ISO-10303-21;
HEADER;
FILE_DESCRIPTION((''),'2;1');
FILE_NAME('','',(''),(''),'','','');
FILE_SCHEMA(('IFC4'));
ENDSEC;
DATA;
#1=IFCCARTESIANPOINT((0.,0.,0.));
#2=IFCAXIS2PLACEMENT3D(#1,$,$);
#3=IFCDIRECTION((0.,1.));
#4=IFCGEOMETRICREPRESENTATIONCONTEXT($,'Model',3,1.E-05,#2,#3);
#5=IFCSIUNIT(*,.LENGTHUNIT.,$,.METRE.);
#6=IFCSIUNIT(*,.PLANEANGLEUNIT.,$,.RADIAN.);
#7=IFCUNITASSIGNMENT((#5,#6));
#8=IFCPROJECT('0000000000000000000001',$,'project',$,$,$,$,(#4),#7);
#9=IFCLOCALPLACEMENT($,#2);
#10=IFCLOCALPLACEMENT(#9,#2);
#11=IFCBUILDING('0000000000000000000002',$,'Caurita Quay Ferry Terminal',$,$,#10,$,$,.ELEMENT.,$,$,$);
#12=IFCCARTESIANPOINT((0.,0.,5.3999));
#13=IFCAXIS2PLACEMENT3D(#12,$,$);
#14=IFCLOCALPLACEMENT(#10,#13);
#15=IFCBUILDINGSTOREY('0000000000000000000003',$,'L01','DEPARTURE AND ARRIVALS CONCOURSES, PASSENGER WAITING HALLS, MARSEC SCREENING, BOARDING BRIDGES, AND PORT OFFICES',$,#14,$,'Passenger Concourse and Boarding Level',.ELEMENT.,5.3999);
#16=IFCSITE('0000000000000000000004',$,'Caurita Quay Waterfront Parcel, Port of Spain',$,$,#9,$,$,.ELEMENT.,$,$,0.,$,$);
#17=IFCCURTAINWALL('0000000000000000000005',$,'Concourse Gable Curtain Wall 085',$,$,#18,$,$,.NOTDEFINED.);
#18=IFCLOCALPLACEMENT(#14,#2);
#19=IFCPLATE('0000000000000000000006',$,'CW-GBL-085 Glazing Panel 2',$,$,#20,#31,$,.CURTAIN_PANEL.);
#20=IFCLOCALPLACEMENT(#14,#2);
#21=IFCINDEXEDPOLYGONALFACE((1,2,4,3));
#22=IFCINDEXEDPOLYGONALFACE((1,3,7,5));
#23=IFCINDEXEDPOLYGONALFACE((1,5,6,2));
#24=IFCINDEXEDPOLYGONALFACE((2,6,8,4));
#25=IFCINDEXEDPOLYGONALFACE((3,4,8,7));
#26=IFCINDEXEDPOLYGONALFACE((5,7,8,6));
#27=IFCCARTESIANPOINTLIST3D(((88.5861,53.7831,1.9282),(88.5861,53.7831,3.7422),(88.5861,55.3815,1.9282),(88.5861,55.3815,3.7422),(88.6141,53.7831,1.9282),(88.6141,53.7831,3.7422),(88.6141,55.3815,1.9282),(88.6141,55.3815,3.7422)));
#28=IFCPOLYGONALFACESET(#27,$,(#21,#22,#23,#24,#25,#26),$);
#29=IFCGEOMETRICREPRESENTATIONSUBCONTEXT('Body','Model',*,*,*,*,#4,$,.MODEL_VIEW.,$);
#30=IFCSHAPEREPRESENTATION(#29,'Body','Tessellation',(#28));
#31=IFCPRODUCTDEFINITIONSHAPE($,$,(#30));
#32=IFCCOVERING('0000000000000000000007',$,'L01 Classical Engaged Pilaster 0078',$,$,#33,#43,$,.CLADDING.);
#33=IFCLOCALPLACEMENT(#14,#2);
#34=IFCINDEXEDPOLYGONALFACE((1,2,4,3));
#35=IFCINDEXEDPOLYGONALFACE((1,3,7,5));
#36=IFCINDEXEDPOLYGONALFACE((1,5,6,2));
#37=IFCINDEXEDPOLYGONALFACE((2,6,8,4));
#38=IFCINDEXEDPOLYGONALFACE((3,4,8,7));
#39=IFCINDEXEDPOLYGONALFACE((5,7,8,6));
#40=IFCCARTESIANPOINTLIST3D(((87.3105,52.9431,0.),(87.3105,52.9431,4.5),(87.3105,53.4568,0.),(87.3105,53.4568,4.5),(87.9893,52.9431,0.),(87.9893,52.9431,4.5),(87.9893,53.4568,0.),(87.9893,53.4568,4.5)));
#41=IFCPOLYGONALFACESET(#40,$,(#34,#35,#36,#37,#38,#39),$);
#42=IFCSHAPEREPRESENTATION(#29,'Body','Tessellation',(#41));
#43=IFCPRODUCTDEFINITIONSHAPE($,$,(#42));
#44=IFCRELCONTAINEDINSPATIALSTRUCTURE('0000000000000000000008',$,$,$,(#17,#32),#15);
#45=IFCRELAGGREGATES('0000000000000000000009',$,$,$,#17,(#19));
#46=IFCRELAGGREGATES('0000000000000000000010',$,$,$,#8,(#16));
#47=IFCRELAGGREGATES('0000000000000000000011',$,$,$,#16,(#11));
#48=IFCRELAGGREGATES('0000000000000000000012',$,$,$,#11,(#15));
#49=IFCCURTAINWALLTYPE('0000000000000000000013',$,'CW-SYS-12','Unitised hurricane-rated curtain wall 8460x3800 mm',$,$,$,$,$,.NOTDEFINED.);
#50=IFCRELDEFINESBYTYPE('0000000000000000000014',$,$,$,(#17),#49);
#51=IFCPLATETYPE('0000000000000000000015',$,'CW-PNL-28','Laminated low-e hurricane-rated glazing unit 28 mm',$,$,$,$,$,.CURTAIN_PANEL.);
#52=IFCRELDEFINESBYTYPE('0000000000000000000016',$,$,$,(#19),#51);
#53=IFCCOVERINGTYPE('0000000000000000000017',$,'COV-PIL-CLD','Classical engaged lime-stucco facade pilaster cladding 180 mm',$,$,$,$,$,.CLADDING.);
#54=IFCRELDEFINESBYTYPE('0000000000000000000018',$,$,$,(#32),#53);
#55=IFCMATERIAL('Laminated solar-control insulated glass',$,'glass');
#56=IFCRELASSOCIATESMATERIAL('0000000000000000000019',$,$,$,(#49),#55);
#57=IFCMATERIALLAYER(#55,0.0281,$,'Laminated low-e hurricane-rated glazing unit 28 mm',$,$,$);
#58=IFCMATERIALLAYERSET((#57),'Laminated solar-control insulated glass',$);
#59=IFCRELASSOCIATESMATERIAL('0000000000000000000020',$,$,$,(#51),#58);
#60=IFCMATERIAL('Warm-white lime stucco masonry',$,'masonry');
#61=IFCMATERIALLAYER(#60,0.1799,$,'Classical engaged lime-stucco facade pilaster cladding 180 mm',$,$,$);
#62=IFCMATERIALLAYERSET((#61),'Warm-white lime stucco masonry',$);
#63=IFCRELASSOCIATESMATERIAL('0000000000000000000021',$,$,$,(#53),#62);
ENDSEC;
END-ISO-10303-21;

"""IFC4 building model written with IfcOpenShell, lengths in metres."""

from ifc_helpers import new_model, si_unit, direction, frame, origin, origin_2d, place, context, subcontext, project, spatial, rectangle, extrude, material, layer, layer_set, type_object, element, aggregate, save


model = new_model("IFC4")

# Units and contexts
model_context = context("Model", 3, precision=1e-05, world=origin(), true_north=direction((0.0, 1.0)))
body_context = subcontext(model_context, "Body", "Model", "MODEL_VIEW")
ifc_project = project(units=[si_unit("LENGTHUNIT", "METRE"), si_unit("PLANEANGLEUNIT", "RADIAN")], contexts=[model_context])

# Site, building, storey
site_placement = place(None, origin())
site = spatial("IfcSite", under=ifc_project, at=site_placement, Name="Caurita Quay Waterfront Parcel, Port of Spain", CompositionType="ELEMENT", RefElevation=0.0)
building_placement = place(site_placement, origin())
building = spatial("IfcBuilding", under=site, at=building_placement, Name="Caurita Quay Ferry Terminal", CompositionType="ELEMENT")
storey_placement = place(building_placement, frame((0.0, 0.0, 5.3999)))
storey = spatial("IfcBuildingStorey", under=building, at=storey_placement, Name="L01", Description="DEPARTURE AND ARRIVALS CONCOURSES, PASSENGER WAITING HALLS, MARSEC SCREENING, BOARDING BRIDGES, AND PORT OFFICES", LongName="Passenger Concourse and Boarding Level", CompositionType="ELEMENT", Elevation=5.3999)

# Curtain wall
ifc_material_1 = material(Name="Laminated solar-control insulated glass", Category="glass")
curtain_wall_type = type_object("IfcCurtainWallType", Name="CW-SYS-12", Description="Unitised hurricane-rated curtain wall 8460x3800 mm", PredefinedType="NOTDEFINED", material=ifc_material_1)
curtain_wall_1_placement = place(storey_placement, origin())
curtain_wall_1 = element("IfcCurtainWall", 1, at=curtain_wall_1_placement, inside=storey, type_object=curtain_wall_type, Name="Concourse Gable Curtain Wall 085", PredefinedType="NOTDEFINED")

# Plate
ifc_layer_1 = layer(ifc_material_1, 0.0281, Name="Laminated low-e hurricane-rated glazing unit 28 mm")
ifc_layer_set_1 = layer_set([ifc_layer_1], Name="Laminated solar-control insulated glass")
plate_type = type_object("IfcPlateType", Name="CW-PNL-28", Description="Laminated low-e hurricane-rated glazing unit 28 mm", PredefinedType="CURTAIN_PANEL", material=ifc_layer_set_1)
plate_1_placement = place(storey_placement, frame((88.6001, 54.5823, 1.9282), z_axis=(0.0, 0.0, 1.0), x_axis=(0.0, 1.0, 0.0)))
plate_1 = element("IfcPlate", 2, at=plate_1_placement, type_object=plate_type, Name="CW-GBL-085 Glazing Panel 2", PredefinedType="CURTAIN_PANEL", context=body_context, shape_type="SweptSolid", body=[
    extrude(rectangle(XDim=1.5984, YDim=0.0281, at=origin_2d()), origin(), (0.0, 0.0, 1.0), 1.814),
])
aggregate(curtain_wall_1, [plate_1])

# Covering
ifc_material_2 = material(Name="Warm-white lime stucco masonry", Category="masonry")
ifc_layer_2 = layer(ifc_material_2, 0.1799, Name="Classical engaged lime-stucco facade pilaster cladding 180 mm")
ifc_layer_set_2 = layer_set([ifc_layer_2], Name="Warm-white lime stucco masonry")
covering_type = type_object("IfcCoveringType", Name="COV-PIL-CLD", Description="Classical engaged lime-stucco facade pilaster cladding 180 mm", PredefinedType="CLADDING", material=ifc_layer_set_2)
covering_placement = place(storey_placement, frame((87.6499, 53.2, 0.0), z_axis=(0.0, 0.0, 1.0), x_axis=(1.0, 0.0, 0.0)))
element("IfcCovering", 3, at=covering_placement, inside=storey, type_object=covering_type, Name="L01 Classical Engaged Pilaster 0078", PredefinedType="CLADDING", context=body_context, shape_type="SweptSolid", body=[
    extrude(rectangle(XDim=0.6787, YDim=0.5137, at=origin_2d()), origin(), (0.0, 0.0, 1.0), 4.5),
])

save(model, "model.ifc")
